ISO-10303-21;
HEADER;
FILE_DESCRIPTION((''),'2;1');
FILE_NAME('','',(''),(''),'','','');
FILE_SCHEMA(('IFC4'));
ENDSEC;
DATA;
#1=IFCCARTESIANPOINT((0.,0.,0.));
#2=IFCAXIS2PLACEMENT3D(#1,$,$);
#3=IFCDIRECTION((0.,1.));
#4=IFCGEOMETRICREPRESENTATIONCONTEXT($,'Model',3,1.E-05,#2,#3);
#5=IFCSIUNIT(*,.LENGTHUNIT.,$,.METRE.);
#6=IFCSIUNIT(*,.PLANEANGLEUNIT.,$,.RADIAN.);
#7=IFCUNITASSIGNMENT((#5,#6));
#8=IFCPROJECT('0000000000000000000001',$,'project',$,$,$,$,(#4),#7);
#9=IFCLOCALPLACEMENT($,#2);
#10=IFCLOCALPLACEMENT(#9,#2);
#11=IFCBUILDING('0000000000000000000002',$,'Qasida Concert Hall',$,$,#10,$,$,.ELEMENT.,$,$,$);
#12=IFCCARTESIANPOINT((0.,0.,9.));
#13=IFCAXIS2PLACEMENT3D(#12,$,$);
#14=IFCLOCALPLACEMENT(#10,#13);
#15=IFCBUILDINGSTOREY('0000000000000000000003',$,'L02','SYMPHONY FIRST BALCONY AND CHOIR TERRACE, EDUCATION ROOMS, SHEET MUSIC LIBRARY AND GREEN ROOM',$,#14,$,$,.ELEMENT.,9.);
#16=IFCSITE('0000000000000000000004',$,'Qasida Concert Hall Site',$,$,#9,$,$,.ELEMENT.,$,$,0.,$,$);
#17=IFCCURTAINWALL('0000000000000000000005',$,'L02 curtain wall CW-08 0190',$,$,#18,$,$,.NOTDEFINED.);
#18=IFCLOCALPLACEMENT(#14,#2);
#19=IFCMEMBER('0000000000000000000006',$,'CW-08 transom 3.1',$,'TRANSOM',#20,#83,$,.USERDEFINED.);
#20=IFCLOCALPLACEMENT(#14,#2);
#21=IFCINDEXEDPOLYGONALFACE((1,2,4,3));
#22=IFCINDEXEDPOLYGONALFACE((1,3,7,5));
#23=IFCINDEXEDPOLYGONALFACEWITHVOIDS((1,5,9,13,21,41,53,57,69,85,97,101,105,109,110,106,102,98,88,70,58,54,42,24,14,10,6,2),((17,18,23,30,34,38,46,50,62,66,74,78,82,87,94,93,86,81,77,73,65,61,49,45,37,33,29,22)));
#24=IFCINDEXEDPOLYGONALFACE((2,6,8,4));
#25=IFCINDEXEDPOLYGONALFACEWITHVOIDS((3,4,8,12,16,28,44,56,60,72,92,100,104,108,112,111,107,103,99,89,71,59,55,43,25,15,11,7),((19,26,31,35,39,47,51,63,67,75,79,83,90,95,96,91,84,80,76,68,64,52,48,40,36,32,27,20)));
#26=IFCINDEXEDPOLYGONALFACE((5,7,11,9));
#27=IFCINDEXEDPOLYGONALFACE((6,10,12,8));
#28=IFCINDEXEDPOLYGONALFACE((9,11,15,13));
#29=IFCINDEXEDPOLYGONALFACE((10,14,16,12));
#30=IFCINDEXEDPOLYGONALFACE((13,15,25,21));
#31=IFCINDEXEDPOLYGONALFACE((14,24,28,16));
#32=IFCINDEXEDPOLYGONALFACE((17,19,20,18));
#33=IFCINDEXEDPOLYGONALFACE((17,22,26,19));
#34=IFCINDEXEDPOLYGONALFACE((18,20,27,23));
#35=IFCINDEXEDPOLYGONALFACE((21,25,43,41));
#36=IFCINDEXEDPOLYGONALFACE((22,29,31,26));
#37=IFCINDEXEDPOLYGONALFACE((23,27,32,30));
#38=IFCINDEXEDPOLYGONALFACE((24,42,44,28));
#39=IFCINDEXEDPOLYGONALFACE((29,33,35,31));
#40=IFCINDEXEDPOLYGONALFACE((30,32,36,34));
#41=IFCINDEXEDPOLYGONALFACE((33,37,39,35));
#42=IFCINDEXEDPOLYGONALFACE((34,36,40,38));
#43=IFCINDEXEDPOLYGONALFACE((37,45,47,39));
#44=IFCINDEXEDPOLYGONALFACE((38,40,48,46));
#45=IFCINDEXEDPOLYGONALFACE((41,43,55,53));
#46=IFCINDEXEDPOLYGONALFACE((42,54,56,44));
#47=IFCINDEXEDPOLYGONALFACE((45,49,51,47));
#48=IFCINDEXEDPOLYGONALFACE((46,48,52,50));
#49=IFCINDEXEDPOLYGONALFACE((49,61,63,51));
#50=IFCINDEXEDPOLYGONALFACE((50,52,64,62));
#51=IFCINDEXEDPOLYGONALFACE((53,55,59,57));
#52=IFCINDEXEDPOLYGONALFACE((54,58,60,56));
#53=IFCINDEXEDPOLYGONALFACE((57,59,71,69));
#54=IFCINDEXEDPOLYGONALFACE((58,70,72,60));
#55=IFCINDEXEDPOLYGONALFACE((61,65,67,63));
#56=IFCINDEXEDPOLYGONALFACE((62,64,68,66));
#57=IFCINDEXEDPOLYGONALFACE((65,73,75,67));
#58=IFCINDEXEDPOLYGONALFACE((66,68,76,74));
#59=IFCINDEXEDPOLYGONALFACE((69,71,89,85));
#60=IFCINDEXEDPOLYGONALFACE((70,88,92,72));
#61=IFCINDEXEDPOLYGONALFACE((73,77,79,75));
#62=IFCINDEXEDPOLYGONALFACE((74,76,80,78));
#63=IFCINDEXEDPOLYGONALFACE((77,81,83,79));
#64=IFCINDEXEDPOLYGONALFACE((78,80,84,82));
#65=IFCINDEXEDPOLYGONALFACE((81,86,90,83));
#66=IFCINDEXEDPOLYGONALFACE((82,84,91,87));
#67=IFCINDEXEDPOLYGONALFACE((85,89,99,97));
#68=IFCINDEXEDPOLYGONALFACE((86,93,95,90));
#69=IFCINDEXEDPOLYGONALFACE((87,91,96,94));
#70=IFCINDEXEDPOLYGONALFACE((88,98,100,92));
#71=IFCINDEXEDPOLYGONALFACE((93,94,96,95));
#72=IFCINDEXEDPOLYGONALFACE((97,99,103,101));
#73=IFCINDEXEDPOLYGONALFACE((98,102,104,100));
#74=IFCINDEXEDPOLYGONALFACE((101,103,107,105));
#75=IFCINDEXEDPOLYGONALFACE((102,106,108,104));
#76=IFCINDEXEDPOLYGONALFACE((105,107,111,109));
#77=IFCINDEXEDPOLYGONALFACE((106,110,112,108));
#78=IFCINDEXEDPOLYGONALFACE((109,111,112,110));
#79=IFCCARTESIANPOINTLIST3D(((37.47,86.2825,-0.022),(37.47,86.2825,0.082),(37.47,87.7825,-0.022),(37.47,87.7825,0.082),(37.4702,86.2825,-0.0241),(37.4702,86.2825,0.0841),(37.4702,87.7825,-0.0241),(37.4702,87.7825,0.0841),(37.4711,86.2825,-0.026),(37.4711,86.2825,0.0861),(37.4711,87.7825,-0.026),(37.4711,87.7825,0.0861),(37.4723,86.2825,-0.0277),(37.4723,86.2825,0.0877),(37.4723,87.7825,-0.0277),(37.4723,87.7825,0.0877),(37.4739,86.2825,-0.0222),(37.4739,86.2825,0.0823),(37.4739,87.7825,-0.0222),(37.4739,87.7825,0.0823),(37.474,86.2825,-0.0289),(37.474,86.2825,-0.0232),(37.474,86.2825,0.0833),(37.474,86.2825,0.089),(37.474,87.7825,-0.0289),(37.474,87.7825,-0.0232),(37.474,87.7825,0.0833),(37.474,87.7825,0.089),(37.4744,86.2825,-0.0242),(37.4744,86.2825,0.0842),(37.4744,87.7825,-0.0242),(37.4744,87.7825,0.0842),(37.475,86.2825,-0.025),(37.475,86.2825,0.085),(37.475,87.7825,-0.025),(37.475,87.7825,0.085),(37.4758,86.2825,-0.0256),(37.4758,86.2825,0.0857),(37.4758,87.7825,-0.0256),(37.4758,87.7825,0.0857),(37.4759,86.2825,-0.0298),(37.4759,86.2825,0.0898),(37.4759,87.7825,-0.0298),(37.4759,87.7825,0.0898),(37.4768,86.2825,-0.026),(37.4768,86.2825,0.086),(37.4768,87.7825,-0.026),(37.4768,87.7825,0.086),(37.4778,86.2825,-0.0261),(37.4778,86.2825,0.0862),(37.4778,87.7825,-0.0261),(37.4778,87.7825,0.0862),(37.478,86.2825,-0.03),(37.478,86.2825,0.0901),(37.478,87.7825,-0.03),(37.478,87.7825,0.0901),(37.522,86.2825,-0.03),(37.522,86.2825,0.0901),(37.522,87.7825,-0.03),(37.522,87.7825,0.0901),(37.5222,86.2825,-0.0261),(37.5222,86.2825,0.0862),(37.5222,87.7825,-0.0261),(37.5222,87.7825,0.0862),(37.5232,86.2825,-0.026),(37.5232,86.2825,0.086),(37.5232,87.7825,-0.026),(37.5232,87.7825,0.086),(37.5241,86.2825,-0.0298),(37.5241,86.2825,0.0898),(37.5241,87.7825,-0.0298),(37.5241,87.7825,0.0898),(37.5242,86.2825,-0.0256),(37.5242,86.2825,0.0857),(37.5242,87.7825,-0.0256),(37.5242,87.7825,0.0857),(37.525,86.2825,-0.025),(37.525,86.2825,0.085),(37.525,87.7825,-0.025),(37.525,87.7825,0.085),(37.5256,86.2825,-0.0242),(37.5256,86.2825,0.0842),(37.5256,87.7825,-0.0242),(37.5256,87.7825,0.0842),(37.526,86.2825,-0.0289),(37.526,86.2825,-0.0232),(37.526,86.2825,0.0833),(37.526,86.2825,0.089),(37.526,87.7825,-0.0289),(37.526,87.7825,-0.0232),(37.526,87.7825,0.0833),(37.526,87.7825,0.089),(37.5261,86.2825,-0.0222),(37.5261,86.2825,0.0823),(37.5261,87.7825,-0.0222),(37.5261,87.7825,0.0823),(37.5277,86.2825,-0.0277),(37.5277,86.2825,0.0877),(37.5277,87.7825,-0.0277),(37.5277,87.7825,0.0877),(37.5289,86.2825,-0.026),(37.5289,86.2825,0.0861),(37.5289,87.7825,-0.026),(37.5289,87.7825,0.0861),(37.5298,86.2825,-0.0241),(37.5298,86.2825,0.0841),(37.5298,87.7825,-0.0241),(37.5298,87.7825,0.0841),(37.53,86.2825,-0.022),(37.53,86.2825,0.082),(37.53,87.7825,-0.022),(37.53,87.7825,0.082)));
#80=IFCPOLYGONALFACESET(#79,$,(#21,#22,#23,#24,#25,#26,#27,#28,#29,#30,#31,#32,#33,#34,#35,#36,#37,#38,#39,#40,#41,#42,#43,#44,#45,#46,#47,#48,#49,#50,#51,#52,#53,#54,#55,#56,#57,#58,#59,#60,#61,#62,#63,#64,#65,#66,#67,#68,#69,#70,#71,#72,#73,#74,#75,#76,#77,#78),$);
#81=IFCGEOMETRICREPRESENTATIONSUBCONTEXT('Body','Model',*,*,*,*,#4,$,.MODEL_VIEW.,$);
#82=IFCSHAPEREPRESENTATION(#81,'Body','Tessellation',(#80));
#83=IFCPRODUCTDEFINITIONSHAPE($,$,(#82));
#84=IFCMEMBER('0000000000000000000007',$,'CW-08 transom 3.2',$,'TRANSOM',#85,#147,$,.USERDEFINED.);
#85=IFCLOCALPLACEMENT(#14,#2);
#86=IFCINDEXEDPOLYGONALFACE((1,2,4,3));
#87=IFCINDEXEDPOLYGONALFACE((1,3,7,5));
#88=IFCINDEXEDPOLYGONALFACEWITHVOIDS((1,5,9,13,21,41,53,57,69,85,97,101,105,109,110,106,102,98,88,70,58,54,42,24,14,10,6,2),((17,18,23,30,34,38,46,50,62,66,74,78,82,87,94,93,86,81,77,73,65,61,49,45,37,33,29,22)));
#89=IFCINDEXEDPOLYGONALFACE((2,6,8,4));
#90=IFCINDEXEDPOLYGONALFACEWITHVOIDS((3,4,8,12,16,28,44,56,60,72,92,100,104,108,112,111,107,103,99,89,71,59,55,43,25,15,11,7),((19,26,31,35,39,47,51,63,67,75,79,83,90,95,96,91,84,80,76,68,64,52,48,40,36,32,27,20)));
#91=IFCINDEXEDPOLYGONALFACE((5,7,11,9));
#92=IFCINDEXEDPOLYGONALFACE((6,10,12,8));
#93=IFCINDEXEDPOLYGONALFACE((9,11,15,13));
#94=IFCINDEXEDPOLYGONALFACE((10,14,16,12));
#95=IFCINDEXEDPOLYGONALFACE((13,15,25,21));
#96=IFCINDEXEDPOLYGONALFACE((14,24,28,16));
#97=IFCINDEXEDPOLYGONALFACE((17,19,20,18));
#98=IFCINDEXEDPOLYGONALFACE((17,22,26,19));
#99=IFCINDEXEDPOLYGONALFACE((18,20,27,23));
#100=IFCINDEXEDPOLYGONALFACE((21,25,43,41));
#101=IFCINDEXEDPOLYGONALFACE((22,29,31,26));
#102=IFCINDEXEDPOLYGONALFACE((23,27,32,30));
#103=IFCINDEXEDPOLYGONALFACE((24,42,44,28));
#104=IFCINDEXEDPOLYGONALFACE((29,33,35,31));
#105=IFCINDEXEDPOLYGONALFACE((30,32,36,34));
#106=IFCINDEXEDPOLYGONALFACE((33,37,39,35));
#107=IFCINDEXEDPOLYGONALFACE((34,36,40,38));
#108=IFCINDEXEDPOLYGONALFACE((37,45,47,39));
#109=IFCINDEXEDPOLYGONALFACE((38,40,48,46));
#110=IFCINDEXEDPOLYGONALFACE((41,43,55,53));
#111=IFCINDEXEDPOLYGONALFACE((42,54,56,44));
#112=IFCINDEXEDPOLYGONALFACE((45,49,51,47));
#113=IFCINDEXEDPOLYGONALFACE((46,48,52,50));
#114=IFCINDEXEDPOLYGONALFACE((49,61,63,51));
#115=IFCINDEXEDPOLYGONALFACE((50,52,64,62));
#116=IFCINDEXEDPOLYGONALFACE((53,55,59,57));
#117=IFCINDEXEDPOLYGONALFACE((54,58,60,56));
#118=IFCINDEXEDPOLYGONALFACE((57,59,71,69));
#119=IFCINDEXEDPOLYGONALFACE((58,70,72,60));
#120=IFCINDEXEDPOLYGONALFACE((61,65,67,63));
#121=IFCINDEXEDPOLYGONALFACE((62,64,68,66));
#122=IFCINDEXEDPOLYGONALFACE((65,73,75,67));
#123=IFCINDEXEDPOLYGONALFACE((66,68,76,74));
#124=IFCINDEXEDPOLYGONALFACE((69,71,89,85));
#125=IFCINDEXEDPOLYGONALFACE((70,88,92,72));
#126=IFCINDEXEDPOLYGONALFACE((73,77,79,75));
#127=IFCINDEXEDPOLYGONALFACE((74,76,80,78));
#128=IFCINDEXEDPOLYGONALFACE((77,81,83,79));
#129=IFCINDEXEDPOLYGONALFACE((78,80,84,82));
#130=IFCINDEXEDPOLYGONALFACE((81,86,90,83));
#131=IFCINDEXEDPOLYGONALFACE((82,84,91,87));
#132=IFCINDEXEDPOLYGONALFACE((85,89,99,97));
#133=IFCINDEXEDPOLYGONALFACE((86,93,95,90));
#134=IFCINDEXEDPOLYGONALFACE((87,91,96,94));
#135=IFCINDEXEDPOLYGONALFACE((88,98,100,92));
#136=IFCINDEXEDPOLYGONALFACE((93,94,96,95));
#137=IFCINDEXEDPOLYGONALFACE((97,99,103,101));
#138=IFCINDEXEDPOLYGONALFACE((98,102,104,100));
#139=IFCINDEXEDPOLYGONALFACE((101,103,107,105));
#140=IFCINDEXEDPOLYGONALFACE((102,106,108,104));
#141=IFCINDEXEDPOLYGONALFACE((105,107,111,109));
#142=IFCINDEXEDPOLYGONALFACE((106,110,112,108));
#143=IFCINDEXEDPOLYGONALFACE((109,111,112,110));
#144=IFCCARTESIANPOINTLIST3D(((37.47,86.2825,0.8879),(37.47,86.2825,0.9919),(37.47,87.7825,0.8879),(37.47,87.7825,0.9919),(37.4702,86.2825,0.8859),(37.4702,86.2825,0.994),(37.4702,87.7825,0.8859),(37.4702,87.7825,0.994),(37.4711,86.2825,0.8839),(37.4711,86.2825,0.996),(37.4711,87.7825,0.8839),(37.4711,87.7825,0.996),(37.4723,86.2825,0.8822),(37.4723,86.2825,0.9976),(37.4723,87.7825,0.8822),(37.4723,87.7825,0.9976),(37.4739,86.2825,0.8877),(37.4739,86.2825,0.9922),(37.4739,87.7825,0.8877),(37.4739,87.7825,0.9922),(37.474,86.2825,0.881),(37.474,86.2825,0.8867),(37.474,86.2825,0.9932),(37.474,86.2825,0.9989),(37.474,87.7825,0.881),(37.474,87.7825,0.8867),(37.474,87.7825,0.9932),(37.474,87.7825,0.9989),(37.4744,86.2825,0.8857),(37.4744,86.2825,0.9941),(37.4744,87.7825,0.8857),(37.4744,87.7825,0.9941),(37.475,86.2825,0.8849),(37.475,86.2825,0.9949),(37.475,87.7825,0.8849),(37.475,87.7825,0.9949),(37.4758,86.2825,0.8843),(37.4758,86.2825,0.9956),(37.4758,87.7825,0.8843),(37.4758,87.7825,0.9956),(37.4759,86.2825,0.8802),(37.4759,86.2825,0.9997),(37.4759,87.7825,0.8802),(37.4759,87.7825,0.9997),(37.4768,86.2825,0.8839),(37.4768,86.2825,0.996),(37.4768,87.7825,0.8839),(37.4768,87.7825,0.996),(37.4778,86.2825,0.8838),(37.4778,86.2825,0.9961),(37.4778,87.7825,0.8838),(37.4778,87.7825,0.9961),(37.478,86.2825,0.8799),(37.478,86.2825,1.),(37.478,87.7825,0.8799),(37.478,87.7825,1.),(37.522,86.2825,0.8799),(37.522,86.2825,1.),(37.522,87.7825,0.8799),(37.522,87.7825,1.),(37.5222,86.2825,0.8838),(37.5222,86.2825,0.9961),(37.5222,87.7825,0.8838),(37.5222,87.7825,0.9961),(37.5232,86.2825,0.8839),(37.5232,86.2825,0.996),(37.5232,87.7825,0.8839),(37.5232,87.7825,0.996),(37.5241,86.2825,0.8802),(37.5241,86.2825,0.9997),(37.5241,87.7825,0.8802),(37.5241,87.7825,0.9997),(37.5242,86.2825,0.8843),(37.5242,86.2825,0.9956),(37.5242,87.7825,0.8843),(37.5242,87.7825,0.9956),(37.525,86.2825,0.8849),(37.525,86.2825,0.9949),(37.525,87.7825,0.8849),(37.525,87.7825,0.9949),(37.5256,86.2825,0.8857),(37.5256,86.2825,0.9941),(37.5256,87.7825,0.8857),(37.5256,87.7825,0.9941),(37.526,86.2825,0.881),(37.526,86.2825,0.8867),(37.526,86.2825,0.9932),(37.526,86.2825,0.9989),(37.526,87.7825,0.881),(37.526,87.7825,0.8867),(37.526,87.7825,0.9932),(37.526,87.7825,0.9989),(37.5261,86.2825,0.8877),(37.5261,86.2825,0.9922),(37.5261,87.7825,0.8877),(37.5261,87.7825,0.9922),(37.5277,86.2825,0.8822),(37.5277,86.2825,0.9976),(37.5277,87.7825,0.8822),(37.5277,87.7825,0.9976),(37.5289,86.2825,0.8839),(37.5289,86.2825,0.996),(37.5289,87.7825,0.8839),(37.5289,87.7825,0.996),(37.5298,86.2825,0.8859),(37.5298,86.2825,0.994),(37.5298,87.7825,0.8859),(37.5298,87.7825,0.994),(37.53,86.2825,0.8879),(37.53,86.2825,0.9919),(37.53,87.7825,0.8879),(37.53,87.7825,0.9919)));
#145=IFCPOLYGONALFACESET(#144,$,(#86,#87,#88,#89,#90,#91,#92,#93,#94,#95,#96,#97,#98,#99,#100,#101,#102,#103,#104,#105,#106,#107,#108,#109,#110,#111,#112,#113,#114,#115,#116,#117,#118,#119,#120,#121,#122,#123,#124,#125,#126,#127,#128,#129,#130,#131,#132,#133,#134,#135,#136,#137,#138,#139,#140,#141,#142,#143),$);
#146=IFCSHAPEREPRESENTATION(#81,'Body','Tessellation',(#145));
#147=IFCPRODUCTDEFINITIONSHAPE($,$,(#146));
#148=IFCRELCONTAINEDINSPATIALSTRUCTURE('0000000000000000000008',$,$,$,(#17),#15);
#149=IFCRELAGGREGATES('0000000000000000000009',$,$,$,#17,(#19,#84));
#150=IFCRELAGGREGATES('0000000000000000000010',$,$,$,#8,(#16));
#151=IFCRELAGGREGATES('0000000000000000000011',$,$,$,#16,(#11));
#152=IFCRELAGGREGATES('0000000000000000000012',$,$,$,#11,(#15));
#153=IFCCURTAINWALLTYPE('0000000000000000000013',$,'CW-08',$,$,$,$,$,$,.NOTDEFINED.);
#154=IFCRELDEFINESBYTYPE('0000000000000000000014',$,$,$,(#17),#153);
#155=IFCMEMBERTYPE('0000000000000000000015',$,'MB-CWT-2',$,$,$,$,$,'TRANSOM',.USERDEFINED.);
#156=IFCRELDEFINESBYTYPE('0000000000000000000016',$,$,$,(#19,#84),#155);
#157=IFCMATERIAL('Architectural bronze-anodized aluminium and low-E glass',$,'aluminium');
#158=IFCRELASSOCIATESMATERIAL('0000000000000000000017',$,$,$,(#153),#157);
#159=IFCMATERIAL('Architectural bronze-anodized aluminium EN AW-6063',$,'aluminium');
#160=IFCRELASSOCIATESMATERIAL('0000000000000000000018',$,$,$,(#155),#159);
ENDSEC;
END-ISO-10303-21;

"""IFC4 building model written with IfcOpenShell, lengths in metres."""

from ifc_helpers import new_model, si_unit, direction, frame, origin, origin_2d, place, context, subcontext, project, spatial, hollow_rectangle, extrude, material, material_profile, profile_set, type_object, element, aggregate, save


model = new_model("IFC4")

# Units and contexts
model_context = context("Model", 3, precision=1e-05, world=origin(), true_north=direction((0.0, 1.0)))
body_context = subcontext(model_context, "Body", "Model", "MODEL_VIEW")
ifc_project = project(units=[si_unit("LENGTHUNIT", "METRE"), si_unit("PLANEANGLEUNIT", "RADIAN")], contexts=[model_context])

# Site, building, storey
site_placement = place(None, origin())
site = spatial("IfcSite", under=ifc_project, at=site_placement, Name="Qasida Concert Hall Site", CompositionType="ELEMENT", RefElevation=0.0)
building_placement = place(site_placement, origin())
building = spatial("IfcBuilding", under=site, at=building_placement, Name="Qasida Concert Hall", CompositionType="ELEMENT")
storey_placement = place(building_placement, frame((0.0, 0.0, 9.0)))
storey = spatial("IfcBuildingStorey", under=building, at=storey_placement, Name="L02", Description="SYMPHONY FIRST BALCONY AND CHOIR TERRACE, EDUCATION ROOMS, SHEET MUSIC LIBRARY AND GREEN ROOM", CompositionType="ELEMENT", Elevation=9.0)

# Curtain wall, members
ifc_material_1 = material(Name="Architectural bronze-anodized aluminium and low-E glass", Category="aluminium")
curtain_wall_type = type_object("IfcCurtainWallType", Name="CW-08", PredefinedType="NOTDEFINED", material=ifc_material_1)
curtain_wall_placement = place(storey_placement, origin())
curtain_wall = element("IfcCurtainWall", 1, at=curtain_wall_placement, inside=storey, type_object=curtain_wall_type, Name="L02 curtain wall CW-08 0190", PredefinedType="NOTDEFINED")
ifc_material_2 = material(Name="Architectural bronze-anodized aluminium EN AW-6063", Category="aluminium")
ifc_material_profile_1 = material_profile(ifc_material_2, hollow_rectangle(XDim=0.0601, YDim=0.1201, WallThickness=0.0039, InnerFilletRadius=0.0039, OuterFilletRadius=0.0081, at=origin_2d()), Name="CWT 120x60x4")
ifc_profile_set_1 = profile_set([ifc_material_profile_1], Name="Architectural bronze-anodized aluminium EN AW-6063")
member_type_1 = type_object("IfcMemberType", Name="MB-CWT-2", ElementType="TRANSOM", PredefinedType="USERDEFINED", material=ifc_profile_set_1)
member_1_placement = place(storey_placement, frame((37.5, 86.2825, 0.03), z_axis=(0.0, 1.0, 0.0), x_axis=(-1.0, 0.0, 0.0)))
member_1 = element("IfcMember", 2, at=member_1_placement, type_object=member_type_1, Name="CW-08 transom 3.1", ObjectType="TRANSOM", PredefinedType="USERDEFINED", context=body_context, shape_type="SweptSolid", body=[
    extrude(hollow_rectangle(XDim=0.0601, YDim=0.1201, WallThickness=0.0039, InnerFilletRadius=0.0039, OuterFilletRadius=0.0081, at=origin_2d()), origin(), (0.0, 0.0, 1.0), 1.5),
])
member_2_placement = place(storey_placement, frame((37.5, 86.2825, 0.9399), z_axis=(0.0, 1.0, 0.0), x_axis=(-1.0, 0.0, 0.0)))
member_2 = element("IfcMember", 3, at=member_2_placement, type_object=member_type_1, Name="CW-08 transom 3.2", ObjectType="TRANSOM", PredefinedType="USERDEFINED", context=body_context, shape_type="SweptSolid", body=[
    extrude(hollow_rectangle(XDim=0.0601, YDim=0.1201, WallThickness=0.0039, InnerFilletRadius=0.0039, OuterFilletRadius=0.0081, at=origin_2d()), origin(), (0.0, 0.0, 1.0), 1.5),
])
aggregate(curtain_wall, [member_1, member_2])

save(model, "model.ifc")
